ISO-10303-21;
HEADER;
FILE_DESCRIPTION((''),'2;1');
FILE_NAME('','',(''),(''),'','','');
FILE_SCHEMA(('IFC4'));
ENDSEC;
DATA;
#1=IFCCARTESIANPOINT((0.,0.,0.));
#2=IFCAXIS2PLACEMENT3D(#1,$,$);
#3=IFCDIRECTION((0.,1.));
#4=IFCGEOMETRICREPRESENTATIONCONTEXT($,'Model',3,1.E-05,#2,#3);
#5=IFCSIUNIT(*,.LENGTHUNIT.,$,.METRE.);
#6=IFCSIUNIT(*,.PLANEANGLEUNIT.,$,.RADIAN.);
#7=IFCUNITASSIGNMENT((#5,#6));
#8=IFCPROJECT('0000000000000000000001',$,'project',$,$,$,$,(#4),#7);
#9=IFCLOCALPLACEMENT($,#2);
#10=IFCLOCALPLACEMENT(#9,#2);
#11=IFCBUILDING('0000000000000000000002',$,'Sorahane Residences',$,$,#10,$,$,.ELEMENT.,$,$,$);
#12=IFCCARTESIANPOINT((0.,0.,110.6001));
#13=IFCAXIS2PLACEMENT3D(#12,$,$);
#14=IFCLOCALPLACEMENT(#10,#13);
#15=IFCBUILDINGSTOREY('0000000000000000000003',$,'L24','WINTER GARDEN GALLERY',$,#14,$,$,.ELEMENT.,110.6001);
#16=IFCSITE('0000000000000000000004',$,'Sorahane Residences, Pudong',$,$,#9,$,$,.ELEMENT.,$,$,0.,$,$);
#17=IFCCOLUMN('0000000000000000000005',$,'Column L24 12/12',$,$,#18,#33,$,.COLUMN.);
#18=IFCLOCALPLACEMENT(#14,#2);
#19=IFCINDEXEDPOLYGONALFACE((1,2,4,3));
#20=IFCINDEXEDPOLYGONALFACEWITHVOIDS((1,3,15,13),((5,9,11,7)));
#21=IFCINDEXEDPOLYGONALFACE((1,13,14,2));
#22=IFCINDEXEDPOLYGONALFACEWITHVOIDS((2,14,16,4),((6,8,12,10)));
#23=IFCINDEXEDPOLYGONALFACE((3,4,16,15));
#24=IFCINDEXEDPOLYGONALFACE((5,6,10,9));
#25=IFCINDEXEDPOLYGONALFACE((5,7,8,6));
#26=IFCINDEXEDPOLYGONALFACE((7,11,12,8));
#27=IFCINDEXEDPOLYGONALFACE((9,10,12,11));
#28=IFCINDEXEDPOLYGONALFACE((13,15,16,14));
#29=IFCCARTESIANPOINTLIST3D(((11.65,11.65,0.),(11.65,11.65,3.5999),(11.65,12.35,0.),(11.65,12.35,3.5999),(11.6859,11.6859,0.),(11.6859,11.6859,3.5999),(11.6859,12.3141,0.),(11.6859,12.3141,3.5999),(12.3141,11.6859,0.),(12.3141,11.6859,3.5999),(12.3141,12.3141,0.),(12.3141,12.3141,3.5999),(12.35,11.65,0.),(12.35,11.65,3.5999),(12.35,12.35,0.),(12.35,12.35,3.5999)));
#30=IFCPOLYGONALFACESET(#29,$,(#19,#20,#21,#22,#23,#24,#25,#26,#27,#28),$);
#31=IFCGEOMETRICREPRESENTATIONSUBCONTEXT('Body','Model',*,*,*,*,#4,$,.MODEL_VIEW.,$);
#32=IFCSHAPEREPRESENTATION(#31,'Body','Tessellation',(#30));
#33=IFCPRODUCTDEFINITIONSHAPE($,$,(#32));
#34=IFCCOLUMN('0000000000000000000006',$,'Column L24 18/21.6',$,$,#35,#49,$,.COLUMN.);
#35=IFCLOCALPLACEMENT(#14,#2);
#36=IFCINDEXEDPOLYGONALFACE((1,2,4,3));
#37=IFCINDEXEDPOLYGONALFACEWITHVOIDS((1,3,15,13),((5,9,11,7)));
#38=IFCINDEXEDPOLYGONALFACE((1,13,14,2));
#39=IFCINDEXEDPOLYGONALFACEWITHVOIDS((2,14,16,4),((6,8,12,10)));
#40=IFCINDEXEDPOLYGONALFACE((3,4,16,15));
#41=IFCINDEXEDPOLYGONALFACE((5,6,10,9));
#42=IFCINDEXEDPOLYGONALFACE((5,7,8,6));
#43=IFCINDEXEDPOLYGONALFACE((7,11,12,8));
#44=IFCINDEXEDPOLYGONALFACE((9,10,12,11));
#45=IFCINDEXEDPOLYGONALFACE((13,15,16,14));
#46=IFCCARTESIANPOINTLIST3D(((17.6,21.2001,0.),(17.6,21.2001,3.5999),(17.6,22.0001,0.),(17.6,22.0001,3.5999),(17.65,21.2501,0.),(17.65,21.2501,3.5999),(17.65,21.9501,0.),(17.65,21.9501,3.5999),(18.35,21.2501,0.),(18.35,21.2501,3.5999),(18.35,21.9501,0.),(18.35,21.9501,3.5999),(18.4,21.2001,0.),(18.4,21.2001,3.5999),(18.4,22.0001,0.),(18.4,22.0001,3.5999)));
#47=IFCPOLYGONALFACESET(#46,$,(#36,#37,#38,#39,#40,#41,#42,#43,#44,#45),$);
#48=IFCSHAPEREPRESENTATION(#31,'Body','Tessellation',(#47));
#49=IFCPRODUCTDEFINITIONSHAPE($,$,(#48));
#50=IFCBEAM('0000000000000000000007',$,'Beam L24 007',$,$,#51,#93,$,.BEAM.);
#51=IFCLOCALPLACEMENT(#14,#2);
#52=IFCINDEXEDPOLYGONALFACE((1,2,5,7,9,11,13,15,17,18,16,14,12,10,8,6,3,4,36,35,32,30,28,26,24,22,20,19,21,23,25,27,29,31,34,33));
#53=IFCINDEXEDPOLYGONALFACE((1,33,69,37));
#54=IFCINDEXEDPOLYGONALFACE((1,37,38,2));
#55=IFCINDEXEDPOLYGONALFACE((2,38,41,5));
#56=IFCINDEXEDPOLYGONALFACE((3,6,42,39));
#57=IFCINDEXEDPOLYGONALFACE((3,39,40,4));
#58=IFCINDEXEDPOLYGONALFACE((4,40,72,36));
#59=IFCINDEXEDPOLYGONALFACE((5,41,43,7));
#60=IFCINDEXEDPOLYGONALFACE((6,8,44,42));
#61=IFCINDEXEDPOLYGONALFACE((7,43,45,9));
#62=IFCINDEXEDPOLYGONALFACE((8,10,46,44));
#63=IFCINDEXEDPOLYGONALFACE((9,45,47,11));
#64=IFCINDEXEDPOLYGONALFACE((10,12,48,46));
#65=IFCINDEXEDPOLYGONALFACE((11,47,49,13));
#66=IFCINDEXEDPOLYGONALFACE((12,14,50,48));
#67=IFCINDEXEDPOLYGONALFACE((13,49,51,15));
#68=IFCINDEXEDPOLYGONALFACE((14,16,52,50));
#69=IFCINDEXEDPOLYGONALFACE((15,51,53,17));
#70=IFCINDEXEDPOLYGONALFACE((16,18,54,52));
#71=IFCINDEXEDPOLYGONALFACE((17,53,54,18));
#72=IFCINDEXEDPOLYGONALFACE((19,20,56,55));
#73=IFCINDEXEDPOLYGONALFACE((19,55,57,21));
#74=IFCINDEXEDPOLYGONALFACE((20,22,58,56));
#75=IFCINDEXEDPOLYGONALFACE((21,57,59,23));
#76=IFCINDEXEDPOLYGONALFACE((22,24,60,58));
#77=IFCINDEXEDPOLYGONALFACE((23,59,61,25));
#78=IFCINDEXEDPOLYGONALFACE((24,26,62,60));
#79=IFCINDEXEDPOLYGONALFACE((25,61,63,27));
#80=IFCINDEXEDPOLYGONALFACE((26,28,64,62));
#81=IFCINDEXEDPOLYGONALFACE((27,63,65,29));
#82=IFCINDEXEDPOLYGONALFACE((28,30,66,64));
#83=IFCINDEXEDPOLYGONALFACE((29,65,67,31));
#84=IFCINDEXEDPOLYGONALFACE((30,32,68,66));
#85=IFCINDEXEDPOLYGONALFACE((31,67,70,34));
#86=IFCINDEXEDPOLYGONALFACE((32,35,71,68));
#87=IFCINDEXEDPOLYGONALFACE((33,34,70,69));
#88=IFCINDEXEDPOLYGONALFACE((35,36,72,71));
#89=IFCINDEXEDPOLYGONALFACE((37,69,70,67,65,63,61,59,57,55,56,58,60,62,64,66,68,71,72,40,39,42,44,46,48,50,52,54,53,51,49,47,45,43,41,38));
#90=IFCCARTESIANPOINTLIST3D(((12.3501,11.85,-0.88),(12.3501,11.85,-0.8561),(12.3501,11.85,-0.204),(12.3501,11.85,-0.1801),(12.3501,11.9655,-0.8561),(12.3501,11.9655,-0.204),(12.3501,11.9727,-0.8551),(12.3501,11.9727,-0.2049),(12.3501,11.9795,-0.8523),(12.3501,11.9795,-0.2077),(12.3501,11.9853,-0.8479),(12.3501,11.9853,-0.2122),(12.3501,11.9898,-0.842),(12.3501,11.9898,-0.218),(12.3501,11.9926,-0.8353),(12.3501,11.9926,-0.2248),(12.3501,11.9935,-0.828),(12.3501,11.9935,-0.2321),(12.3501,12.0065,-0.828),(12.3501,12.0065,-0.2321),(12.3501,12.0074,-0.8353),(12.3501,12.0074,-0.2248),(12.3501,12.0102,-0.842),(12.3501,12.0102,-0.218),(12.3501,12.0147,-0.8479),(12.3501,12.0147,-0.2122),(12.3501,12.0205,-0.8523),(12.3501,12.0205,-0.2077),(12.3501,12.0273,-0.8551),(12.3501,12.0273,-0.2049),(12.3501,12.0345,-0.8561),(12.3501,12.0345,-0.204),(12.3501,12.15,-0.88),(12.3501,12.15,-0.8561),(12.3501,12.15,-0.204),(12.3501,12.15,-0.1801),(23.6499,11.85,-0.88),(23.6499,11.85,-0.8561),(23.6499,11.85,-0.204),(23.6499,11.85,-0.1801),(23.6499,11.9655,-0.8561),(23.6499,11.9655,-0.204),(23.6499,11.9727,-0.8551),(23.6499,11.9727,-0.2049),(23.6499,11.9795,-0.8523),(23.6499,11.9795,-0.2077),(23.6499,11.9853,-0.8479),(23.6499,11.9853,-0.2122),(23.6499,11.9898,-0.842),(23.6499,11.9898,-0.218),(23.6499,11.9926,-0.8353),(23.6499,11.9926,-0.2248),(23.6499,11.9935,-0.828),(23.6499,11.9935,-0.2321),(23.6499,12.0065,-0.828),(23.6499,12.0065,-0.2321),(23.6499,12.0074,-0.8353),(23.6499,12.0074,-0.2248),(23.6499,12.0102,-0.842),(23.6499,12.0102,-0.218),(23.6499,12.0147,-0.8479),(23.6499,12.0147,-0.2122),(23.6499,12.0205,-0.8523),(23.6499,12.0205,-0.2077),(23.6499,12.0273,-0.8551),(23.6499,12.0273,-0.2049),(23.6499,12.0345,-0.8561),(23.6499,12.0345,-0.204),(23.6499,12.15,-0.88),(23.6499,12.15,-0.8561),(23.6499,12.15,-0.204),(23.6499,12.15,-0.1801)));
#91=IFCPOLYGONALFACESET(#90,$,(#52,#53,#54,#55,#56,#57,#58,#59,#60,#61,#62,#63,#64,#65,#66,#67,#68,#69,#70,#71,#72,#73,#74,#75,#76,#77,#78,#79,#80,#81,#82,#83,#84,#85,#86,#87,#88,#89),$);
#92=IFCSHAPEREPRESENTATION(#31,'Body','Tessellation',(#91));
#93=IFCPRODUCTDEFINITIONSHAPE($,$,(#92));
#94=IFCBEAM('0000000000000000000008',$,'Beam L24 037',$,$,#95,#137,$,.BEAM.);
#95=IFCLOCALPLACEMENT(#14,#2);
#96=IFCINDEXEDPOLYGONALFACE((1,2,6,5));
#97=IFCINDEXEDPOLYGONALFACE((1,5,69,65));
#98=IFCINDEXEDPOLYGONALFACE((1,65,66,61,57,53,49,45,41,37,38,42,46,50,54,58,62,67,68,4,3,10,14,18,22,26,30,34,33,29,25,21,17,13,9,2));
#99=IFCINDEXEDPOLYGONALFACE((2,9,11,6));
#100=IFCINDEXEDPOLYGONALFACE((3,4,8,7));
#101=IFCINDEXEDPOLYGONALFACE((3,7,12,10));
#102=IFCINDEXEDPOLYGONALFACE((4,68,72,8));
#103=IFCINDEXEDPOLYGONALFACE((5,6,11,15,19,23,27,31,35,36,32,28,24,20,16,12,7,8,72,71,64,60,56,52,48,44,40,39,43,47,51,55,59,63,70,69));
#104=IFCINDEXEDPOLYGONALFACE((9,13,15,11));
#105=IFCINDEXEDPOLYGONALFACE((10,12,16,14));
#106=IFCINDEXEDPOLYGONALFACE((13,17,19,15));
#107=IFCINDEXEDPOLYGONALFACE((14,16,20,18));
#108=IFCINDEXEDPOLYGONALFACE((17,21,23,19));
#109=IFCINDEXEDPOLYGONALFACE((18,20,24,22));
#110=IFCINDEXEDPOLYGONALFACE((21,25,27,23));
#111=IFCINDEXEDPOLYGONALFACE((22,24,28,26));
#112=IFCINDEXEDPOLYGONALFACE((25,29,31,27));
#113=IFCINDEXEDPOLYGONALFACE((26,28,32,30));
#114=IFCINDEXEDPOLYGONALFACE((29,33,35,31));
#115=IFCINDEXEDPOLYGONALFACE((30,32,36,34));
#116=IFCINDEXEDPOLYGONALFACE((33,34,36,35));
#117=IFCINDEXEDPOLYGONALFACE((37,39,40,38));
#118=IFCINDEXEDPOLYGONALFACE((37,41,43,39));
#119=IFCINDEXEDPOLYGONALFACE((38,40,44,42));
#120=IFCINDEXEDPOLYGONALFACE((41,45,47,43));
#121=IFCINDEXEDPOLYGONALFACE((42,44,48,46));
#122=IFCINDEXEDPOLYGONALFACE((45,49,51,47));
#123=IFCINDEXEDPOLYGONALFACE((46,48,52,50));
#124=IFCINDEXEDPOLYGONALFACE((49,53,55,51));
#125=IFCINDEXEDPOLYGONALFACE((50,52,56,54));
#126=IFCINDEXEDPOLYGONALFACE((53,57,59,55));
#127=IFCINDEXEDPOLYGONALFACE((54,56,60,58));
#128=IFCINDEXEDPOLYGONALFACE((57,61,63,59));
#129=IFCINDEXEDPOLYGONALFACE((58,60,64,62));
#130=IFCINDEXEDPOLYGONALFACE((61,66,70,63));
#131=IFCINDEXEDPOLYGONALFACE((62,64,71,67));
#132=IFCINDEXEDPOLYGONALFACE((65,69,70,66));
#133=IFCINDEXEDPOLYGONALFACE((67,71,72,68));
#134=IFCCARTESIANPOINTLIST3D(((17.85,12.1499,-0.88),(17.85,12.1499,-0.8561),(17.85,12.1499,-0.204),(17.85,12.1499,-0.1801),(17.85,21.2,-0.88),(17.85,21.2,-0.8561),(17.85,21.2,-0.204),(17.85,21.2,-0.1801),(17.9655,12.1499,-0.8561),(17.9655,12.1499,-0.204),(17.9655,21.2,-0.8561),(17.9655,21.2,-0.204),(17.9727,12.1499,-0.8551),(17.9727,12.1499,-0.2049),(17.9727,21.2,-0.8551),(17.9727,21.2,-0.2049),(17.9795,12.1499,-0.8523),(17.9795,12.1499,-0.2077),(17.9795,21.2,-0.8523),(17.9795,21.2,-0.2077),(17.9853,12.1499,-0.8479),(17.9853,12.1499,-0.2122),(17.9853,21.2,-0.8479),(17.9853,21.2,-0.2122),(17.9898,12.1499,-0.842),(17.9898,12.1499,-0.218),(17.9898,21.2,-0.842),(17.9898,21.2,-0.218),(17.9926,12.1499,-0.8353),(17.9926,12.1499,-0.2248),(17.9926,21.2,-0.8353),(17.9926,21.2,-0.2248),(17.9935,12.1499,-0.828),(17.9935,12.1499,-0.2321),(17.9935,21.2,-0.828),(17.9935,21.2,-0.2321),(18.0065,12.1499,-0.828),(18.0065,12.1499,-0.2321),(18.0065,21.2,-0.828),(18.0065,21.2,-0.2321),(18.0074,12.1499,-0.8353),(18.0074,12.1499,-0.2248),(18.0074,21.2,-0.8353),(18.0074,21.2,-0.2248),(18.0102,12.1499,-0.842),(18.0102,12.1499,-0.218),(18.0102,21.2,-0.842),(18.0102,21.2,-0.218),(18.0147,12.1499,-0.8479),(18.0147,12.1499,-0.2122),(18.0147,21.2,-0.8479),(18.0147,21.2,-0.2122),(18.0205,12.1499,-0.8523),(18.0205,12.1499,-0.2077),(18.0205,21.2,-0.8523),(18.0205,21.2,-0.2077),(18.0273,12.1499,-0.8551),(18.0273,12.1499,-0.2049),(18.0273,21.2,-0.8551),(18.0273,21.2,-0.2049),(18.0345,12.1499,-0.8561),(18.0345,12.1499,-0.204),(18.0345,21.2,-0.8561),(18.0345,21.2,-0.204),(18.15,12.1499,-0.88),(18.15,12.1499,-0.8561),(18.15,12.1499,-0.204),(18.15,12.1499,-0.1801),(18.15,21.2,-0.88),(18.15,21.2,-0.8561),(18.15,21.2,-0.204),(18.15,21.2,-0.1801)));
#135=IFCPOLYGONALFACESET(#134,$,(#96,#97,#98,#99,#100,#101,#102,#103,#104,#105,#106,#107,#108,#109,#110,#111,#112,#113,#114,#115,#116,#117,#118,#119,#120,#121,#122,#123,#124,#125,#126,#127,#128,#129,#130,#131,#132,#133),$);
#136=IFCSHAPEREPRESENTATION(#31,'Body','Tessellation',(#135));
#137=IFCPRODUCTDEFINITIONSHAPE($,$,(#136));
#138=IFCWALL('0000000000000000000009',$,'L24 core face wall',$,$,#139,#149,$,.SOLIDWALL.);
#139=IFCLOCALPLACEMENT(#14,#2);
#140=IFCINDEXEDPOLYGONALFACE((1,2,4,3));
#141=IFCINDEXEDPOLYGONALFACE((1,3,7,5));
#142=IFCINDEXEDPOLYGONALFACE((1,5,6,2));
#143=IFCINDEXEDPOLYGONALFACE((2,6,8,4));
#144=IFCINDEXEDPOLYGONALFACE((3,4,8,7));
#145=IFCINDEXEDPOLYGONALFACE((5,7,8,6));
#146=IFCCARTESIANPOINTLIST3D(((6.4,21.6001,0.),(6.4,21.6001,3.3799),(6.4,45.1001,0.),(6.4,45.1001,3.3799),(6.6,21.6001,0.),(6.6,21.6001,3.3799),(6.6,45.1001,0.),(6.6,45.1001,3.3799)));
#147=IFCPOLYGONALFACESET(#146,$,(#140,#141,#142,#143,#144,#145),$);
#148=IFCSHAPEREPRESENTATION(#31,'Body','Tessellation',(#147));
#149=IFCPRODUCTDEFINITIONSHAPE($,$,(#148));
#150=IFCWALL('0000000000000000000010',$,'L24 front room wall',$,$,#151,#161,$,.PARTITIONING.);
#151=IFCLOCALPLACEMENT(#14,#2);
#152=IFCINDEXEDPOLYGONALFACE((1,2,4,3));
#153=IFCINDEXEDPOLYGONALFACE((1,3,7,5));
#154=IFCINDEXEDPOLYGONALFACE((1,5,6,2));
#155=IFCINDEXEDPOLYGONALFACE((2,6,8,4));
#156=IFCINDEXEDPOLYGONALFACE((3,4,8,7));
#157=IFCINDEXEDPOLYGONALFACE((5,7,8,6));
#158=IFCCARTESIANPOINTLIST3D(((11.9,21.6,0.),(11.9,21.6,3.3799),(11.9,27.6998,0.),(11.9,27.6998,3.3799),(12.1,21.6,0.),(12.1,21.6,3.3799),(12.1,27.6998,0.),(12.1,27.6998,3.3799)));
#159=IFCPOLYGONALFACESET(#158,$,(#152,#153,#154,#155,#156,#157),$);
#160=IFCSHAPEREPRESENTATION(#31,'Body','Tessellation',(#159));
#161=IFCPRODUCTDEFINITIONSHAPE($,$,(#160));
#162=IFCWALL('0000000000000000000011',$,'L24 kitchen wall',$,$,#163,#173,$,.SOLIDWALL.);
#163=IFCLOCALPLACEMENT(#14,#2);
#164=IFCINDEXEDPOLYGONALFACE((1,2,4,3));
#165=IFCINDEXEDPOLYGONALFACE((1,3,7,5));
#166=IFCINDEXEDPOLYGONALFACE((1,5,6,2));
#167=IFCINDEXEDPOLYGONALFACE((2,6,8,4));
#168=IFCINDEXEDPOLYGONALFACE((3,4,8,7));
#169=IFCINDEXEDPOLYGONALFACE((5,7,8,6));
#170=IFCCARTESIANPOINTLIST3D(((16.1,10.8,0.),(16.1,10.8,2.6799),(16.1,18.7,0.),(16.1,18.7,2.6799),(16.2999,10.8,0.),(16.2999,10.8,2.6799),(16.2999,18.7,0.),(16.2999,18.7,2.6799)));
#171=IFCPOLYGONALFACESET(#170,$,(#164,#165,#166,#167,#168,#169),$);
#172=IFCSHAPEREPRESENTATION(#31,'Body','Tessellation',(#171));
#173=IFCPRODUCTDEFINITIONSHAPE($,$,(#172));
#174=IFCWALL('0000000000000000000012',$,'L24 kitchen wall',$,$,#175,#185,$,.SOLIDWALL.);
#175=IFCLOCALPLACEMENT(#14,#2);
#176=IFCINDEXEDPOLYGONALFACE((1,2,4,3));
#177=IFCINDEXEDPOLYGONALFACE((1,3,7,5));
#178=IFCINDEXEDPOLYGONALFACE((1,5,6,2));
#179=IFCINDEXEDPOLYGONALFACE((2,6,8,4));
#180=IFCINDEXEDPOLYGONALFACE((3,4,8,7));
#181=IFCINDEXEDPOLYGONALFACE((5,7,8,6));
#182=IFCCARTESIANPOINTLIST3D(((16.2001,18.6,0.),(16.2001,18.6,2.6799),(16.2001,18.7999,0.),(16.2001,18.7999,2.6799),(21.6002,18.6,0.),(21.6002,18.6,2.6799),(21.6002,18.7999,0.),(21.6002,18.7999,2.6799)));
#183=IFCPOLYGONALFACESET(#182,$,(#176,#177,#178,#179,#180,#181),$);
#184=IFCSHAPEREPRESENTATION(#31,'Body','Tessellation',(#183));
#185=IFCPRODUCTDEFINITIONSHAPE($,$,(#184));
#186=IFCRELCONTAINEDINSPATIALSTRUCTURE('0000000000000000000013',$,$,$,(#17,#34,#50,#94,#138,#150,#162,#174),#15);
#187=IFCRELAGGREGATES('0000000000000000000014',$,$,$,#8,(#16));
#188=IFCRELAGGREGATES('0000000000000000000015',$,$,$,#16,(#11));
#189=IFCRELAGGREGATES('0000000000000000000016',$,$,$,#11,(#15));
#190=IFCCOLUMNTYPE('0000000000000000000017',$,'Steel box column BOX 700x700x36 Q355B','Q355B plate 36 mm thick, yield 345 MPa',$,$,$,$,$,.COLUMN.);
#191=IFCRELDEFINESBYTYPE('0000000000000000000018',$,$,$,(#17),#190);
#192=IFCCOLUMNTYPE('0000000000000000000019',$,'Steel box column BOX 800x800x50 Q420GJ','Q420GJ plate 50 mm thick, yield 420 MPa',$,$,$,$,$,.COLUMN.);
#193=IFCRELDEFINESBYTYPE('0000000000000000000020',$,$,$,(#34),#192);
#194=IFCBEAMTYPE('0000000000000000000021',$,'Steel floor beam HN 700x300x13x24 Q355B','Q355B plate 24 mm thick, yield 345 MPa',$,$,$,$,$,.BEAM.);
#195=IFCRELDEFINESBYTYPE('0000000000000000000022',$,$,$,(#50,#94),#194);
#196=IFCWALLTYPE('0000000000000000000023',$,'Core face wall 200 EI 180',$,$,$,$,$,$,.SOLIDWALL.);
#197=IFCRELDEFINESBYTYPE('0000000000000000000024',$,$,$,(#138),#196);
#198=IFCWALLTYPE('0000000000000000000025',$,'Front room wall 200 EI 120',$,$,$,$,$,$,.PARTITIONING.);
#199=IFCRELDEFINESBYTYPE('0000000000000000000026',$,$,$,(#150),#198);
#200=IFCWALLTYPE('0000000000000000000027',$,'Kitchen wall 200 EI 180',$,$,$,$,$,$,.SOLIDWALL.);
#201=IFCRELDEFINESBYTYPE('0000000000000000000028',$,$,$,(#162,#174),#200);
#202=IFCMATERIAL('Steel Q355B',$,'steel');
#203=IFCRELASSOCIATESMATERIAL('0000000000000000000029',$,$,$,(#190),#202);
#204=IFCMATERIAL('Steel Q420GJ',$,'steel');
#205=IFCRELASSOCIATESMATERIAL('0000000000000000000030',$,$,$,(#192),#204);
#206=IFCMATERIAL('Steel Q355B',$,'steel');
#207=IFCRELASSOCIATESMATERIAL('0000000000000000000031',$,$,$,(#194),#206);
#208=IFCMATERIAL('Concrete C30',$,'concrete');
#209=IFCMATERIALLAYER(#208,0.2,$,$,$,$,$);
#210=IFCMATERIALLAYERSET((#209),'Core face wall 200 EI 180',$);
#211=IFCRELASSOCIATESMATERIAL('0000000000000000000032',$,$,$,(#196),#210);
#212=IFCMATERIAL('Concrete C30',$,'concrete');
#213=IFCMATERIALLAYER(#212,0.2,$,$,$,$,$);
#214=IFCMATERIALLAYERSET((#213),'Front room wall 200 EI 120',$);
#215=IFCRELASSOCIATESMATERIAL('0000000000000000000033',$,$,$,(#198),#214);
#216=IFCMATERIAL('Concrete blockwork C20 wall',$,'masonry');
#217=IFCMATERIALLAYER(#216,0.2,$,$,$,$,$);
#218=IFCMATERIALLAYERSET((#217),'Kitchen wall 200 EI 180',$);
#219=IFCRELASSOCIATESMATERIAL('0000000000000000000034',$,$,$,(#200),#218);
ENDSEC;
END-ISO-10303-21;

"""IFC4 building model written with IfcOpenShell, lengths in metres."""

from ifc_helpers import new_model, si_unit, direction, frame, frame_2d, origin, origin_2d, place, context, subcontext, project, spatial, rectangle, hollow_rectangle, i_section, extrude, material, layer, layer_set, material_profile, profile_set, type_object, element, save


model = new_model("IFC4")

# Units and contexts
model_context = context("Model", 3, precision=1e-05, world=origin(), true_north=direction((0.0, 1.0)))
body_context = subcontext(model_context, "Body", "Model", "MODEL_VIEW")
ifc_project = project(units=[si_unit("LENGTHUNIT", "METRE"), si_unit("PLANEANGLEUNIT", "RADIAN")], contexts=[model_context])

# Site, building, storey
site_placement = place(None, origin())
site = spatial("IfcSite", under=ifc_project, at=site_placement, Name="Sorahane Residences, Pudong", CompositionType="ELEMENT", RefElevation=0.0)
building_placement = place(site_placement, origin())
building = spatial("IfcBuilding", under=site, at=building_placement, Name="Sorahane Residences", CompositionType="ELEMENT")
storey_placement = place(building_placement, frame((0.0, 0.0, 110.6001)))
storey = spatial("IfcBuildingStorey", under=building, at=storey_placement, Name="L24", Description="WINTER GARDEN GALLERY", CompositionType="ELEMENT", Elevation=110.6001)

# Columns
ifc_material_1 = material(Name="Steel Q355B", Category="steel")
ifc_material_profile_1 = material_profile(ifc_material_1, hollow_rectangle(XDim=0.7, YDim=0.7, WallThickness=0.0359, at=origin_2d()), Name="BOX 700x700x36")
ifc_profile_set_1 = profile_set([ifc_material_profile_1], Name="Steel Q355B")
column_type_1 = type_object("IfcColumnType", Name="Steel box column BOX 700x700x36 Q355B", Description="Q355B plate 36 mm thick, yield 345 MPa", PredefinedType="COLUMN", material=ifc_profile_set_1)
column_1_placement = place(storey_placement, frame((12.0, 12.0, 0.0), z_axis=(0.0, 0.0, 1.0), x_axis=(1.0, 0.0, 0.0)))
element("IfcColumn", 1, at=column_1_placement, inside=storey, type_object=column_type_1, Name="Column L24 12/12", PredefinedType="COLUMN", context=body_context, shape_type="SweptSolid", body=[
    extrude(hollow_rectangle(XDim=0.7, YDim=0.7, WallThickness=0.0359, at=origin_2d()), origin(), (0.0, 0.0, 1.0), 3.5999),
])
ifc_material_2 = material(Name="Steel Q420GJ", Category="steel")
ifc_material_profile_2 = material_profile(ifc_material_2, hollow_rectangle(XDim=0.8, YDim=0.8, WallThickness=0.05, at=origin_2d()), Name="BOX 800x800x50")
ifc_profile_set_2 = profile_set([ifc_material_profile_2], Name="Steel Q420GJ")
column_type_2 = type_object("IfcColumnType", Name="Steel box column BOX 800x800x50 Q420GJ", Description="Q420GJ plate 50 mm thick, yield 420 MPa", PredefinedType="COLUMN", material=ifc_profile_set_2)
column_2_placement = place(storey_placement, frame((18.0, 21.6001, 0.0), z_axis=(0.0, 0.0, 1.0), x_axis=(1.0, 0.0, 0.0)))
element("IfcColumn", 2, at=column_2_placement, inside=storey, type_object=column_type_2, Name="Column L24 18/21.6", PredefinedType="COLUMN", context=body_context, shape_type="SweptSolid", body=[
    extrude(hollow_rectangle(XDim=0.8, YDim=0.8, WallThickness=0.05, at=origin_2d()), origin(), (0.0, 0.0, 1.0), 3.5999),
])

# Beams
ifc_material_3 = material(Name="Steel Q355B", Category="steel")
ifc_material_profile_3 = material_profile(ifc_material_3, i_section(OverallWidth=0.3, OverallDepth=0.7, WebThickness=0.0129, FlangeThickness=0.0239, FilletRadius=0.0281, at=origin_2d()), Name="HN 700x300x13x24")
ifc_profile_set_3 = profile_set([ifc_material_profile_3], Name="Steel Q355B")
beam_type = type_object("IfcBeamType", Name="Steel floor beam HN 700x300x13x24 Q355B", Description="Q355B plate 24 mm thick, yield 345 MPa", PredefinedType="BEAM", material=ifc_profile_set_3)
beam_1_placement = place(storey_placement, frame((12.3501, 12.0, -0.53), z_axis=(1.0, 0.0, 0.0), x_axis=(0.0, 1.0, 0.0)))
element("IfcBeam", 3, at=beam_1_placement, inside=storey, type_object=beam_type, Name="Beam L24 007", PredefinedType="BEAM", context=body_context, shape_type="SweptSolid", body=[
    extrude(i_section(OverallWidth=0.3, OverallDepth=0.7, WebThickness=0.0129, FlangeThickness=0.0239, FilletRadius=0.0281, at=origin_2d()), origin(), (0.0, 0.0, 1.0), 11.2998),
])
beam_2_placement = place(storey_placement, frame((18.0, 12.1499, -0.53), z_axis=(0.0, 1.0, 0.0), x_axis=(-1.0, 0.0, 0.0)))
element("IfcBeam", 4, at=beam_2_placement, inside=storey, type_object=beam_type, Name="Beam L24 037", PredefinedType="BEAM", context=body_context, shape_type="SweptSolid", body=[
    extrude(i_section(OverallWidth=0.3, OverallDepth=0.7, WebThickness=0.0129, FlangeThickness=0.0239, FilletRadius=0.0281, at=origin_2d()), origin(), (0.0, 0.0, 1.0), 9.05),
])

# Walls
ifc_material_4 = material(Name="Concrete C30", Category="concrete")
ifc_layer_1 = layer(ifc_material_4, 0.2)
ifc_layer_set_1 = layer_set([ifc_layer_1], Name="Core face wall 200 EI 180")
wall_type_1 = type_object("IfcWallType", Name="Core face wall 200 EI 180", PredefinedType="SOLIDWALL", material=ifc_layer_set_1)
wall_1_placement = place(storey_placement, frame((6.5, 21.6001, 0.0), z_axis=(0.0, 0.0, 1.0), x_axis=(0.0, 1.0, 0.0)))
element("IfcWall", 5, at=wall_1_placement, inside=storey, type_object=wall_type_1, Name="L24 core face wall", PredefinedType="SOLIDWALL", context=body_context, shape_type="SweptSolid", body=[
    extrude(rectangle(XDim=23.5, YDim=0.2, at=frame_2d((11.75, 0.0))), origin(), (0.0, 0.0, 1.0), 3.3799),
])
ifc_material_5 = material(Name="Concrete C30", Category="concrete")
ifc_layer_2 = layer(ifc_material_5, 0.2)
ifc_layer_set_2 = layer_set([ifc_layer_2], Name="Front room wall 200 EI 120")
wall_type_2 = type_object("IfcWallType", Name="Front room wall 200 EI 120", PredefinedType="PARTITIONING", material=ifc_layer_set_2)
wall_2_placement = place(storey_placement, frame((12.0, 21.6001, 0.0), z_axis=(0.0, 0.0, 1.0), x_axis=(0.0, 1.0, 0.0)))
element("IfcWall", 6, at=wall_2_placement, inside=storey, type_object=wall_type_2, Name="L24 front room wall", PredefinedType="PARTITIONING", context=body_context, shape_type="SweptSolid", body=[
    extrude(rectangle(XDim=6.0999, YDim=0.2, at=frame_2d((3.0498, 0.0))), origin(), (0.0, 0.0, 1.0), 3.3799),
])
ifc_material_6 = material(Name="Concrete blockwork C20 wall", Category="masonry")
ifc_layer_3 = layer(ifc_material_6, 0.2)
ifc_layer_set_3 = layer_set([ifc_layer_3], Name="Kitchen wall 200 EI 180")
wall_type_3 = type_object("IfcWallType", Name="Kitchen wall 200 EI 180", PredefinedType="SOLIDWALL", material=ifc_layer_set_3)
wall_3_placement = place(storey_placement, frame((16.2, 10.8, 0.0), z_axis=(0.0, 0.0, 1.0), x_axis=(0.0, 1.0, 0.0)))
element("IfcWall", 7, at=wall_3_placement, inside=storey, type_object=wall_type_3, Name="L24 kitchen wall", PredefinedType="SOLIDWALL", context=body_context, shape_type="SweptSolid", body=[
    extrude(rectangle(XDim=7.8999, YDim=0.2, at=frame_2d((3.95, 0.0))), origin(), (0.0, 0.0, 1.0), 2.6799),
])

# Wall
wall_4_placement = place(storey_placement, frame((16.2, 18.7, 0.0), z_axis=(0.0, 0.0, 1.0), x_axis=(1.0, 0.0, 0.0)))
element("IfcWall", 8, at=wall_4_placement, inside=storey, type_object=wall_type_3, Name="L24 kitchen wall", PredefinedType="SOLIDWALL", context=body_context, shape_type="SweptSolid", body=[
    extrude(rectangle(XDim=5.4001, YDim=0.2, at=frame_2d((2.7002, 0.0))), origin(), (0.0, 0.0, 1.0), 2.6799),
])

save(model, "model.ifc")
